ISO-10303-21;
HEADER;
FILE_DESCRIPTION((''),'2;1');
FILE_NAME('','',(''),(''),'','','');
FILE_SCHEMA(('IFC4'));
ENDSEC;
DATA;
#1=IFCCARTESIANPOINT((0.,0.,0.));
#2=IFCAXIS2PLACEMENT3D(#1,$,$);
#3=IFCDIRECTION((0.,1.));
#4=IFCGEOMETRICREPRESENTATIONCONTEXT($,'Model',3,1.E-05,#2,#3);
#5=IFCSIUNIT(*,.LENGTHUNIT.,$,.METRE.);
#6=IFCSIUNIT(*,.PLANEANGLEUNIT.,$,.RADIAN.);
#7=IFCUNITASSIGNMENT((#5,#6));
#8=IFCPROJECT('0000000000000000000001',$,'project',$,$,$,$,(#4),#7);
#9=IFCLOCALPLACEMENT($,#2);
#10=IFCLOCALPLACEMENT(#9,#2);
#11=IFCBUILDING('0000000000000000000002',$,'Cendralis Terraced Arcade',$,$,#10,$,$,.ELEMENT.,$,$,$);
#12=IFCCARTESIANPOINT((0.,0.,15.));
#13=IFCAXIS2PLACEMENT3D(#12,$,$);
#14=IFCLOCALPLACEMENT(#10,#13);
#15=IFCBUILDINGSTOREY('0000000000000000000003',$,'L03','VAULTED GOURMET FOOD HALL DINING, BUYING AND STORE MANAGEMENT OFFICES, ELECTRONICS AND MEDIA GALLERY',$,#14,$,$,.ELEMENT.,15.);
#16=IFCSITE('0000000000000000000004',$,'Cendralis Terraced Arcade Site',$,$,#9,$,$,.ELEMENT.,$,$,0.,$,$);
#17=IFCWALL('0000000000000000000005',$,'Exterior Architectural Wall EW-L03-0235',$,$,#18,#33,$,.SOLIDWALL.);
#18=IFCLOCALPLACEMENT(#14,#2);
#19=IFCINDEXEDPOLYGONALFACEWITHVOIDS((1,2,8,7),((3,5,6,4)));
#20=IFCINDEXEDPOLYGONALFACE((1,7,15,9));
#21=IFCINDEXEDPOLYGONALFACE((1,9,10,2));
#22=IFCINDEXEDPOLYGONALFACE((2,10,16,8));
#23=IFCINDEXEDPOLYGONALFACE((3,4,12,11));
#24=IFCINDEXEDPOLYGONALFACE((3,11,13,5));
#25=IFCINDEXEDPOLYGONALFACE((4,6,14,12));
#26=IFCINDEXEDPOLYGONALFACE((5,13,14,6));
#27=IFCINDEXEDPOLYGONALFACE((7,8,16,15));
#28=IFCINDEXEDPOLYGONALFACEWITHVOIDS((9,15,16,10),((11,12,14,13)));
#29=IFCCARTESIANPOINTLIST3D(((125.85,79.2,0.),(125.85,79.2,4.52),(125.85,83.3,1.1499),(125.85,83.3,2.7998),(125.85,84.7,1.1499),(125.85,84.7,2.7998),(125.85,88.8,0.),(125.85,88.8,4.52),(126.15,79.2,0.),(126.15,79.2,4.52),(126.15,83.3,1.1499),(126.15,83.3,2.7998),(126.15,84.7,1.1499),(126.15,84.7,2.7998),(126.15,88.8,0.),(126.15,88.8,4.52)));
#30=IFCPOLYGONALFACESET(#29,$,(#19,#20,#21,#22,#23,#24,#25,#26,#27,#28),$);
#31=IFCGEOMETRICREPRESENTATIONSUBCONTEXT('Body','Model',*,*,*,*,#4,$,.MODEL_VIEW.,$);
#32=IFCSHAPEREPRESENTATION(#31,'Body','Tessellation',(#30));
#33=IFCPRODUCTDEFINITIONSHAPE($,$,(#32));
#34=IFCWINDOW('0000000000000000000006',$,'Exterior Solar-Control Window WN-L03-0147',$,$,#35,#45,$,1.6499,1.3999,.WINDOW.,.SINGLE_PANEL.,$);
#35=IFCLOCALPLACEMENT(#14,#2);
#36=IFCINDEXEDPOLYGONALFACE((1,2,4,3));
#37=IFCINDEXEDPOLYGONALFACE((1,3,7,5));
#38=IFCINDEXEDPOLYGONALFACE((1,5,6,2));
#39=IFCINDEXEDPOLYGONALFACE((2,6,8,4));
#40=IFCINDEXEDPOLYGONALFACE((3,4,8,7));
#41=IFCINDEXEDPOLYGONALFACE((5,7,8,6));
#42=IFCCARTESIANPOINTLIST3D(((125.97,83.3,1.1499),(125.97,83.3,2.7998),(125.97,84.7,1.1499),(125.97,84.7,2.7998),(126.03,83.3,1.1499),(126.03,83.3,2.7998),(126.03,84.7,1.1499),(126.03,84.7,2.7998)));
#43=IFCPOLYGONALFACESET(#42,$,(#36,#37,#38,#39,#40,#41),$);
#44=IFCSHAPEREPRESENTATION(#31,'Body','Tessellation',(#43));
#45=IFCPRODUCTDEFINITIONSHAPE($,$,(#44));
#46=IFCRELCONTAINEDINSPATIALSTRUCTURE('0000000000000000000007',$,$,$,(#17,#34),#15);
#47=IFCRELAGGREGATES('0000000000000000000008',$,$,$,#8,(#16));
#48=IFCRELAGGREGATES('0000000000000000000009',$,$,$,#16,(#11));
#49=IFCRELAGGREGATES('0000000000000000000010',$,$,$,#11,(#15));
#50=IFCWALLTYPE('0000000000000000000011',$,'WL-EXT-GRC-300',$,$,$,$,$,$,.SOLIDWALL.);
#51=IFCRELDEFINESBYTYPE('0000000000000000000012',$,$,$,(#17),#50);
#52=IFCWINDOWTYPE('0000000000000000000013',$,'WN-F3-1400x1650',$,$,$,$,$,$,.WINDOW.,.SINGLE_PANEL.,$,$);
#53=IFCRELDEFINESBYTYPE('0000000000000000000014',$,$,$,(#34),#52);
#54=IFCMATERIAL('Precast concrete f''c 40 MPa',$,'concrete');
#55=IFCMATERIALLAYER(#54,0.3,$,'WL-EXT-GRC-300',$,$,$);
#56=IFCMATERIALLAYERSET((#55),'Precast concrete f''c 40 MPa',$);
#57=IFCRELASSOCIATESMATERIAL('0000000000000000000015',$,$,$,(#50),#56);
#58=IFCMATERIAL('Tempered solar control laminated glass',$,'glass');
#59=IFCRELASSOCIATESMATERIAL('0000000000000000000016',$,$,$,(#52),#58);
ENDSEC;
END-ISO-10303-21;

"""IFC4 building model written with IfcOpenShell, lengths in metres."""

from ifc_helpers import new_model, si_unit, direction, frame, frame_2d, origin, place, context, subcontext, project, spatial, rectangle, extrude, material, layer, layer_set, type_object, element, fill, save


model = new_model("IFC4")

# Units and contexts
model_context = context("Model", 3, precision=1e-05, world=origin(), true_north=direction((0.0, 1.0)))
body_context = subcontext(model_context, "Body", "Model", "MODEL_VIEW")
ifc_project = project(units=[si_unit("LENGTHUNIT", "METRE"), si_unit("PLANEANGLEUNIT", "RADIAN")], contexts=[model_context])

# Site, building, storey
site_placement = place(None, origin())
site = spatial("IfcSite", under=ifc_project, at=site_placement, Name="Cendralis Terraced Arcade Site", CompositionType="ELEMENT", RefElevation=0.0)
building_placement = place(site_placement, origin())
building = spatial("IfcBuilding", under=site, at=building_placement, Name="Cendralis Terraced Arcade", CompositionType="ELEMENT")
storey_placement = place(building_placement, frame((0.0, 0.0, 15.0)))
storey = spatial("IfcBuildingStorey", under=building, at=storey_placement, Name="L03", Description="VAULTED GOURMET FOOD HALL DINING, BUYING AND STORE MANAGEMENT OFFICES, ELECTRONICS AND MEDIA GALLERY", CompositionType="ELEMENT", Elevation=15.0)

# Shared definitions
ifc_material_1 = material(Name="Tempered solar control laminated glass", Category="glass")

# Wall, opening, window
ifc_material_2 = material(Name="Precast concrete f'c 40 MPa", Category="concrete")
ifc_layer_1 = layer(ifc_material_2, 0.3, Name="WL-EXT-GRC-300")
ifc_layer_set_1 = layer_set([ifc_layer_1], Name="Precast concrete f'c 40 MPa")
wall_type = type_object("IfcWallType", Name="WL-EXT-GRC-300", PredefinedType="SOLIDWALL", material=ifc_layer_set_1)
wall_placement = place(storey_placement, frame((126.0, 79.2, 0.0), z_axis=(0.0, 0.0, 1.0), x_axis=(0.0, 1.0, 0.0)))
wall = element("IfcWall", 1, at=wall_placement, inside=storey, type_object=wall_type, Name="Exterior Architectural Wall EW-L03-0235", PredefinedType="SOLIDWALL", context=body_context, shape_type="SweptSolid", body=[
    extrude(rectangle(XDim=9.6001, YDim=0.3, at=frame_2d((4.8, 0.0))), origin(), (0.0, 0.0, 1.0), 4.52),
])
opening_placement = place(wall_placement, frame((4.1001, 0.0, 1.1499)))
opening = element("IfcOpeningElement", 2, at=opening_placement, cuts=wall, PredefinedType="OPENING", context=body_context, shape_type="SweptSolid", body=[
    extrude(rectangle(XDim=1.3999, YDim=1.6499, at=frame_2d((0.7, 0.825))), frame((0.0, 0.1621, 0.0), z_axis=(0.0, -1.0, 0.0), x_axis=(1.0, 0.0, 0.0)), (0.0, 0.0, 1.0), 0.324),
])
window_type = type_object("IfcWindowType", Name="WN-F3-1400x1650", PartitioningType="SINGLE_PANEL", PredefinedType="WINDOW", material=ifc_material_1)
window_placement = place(opening_placement, origin())
window = element("IfcWindow", 3, at=window_placement, inside=storey, type_object=window_type, Name="Exterior Solar-Control Window WN-L03-0147", OverallHeight=1.6499, OverallWidth=1.3999, PartitioningType="SINGLE_PANEL", PredefinedType="WINDOW", context=body_context, shape_type="SweptSolid", body=[
    extrude(rectangle(XDim=1.3999, YDim=1.6499, at=frame_2d((0.7, 0.825))), frame((0.0, 0.03, 0.0), z_axis=(0.0, -1.0, 0.0), x_axis=(1.0, 0.0, 0.0)), (0.0, 0.0, 1.0), 0.0601),
])
fill(opening, window)

save(model, "model.ifc")
